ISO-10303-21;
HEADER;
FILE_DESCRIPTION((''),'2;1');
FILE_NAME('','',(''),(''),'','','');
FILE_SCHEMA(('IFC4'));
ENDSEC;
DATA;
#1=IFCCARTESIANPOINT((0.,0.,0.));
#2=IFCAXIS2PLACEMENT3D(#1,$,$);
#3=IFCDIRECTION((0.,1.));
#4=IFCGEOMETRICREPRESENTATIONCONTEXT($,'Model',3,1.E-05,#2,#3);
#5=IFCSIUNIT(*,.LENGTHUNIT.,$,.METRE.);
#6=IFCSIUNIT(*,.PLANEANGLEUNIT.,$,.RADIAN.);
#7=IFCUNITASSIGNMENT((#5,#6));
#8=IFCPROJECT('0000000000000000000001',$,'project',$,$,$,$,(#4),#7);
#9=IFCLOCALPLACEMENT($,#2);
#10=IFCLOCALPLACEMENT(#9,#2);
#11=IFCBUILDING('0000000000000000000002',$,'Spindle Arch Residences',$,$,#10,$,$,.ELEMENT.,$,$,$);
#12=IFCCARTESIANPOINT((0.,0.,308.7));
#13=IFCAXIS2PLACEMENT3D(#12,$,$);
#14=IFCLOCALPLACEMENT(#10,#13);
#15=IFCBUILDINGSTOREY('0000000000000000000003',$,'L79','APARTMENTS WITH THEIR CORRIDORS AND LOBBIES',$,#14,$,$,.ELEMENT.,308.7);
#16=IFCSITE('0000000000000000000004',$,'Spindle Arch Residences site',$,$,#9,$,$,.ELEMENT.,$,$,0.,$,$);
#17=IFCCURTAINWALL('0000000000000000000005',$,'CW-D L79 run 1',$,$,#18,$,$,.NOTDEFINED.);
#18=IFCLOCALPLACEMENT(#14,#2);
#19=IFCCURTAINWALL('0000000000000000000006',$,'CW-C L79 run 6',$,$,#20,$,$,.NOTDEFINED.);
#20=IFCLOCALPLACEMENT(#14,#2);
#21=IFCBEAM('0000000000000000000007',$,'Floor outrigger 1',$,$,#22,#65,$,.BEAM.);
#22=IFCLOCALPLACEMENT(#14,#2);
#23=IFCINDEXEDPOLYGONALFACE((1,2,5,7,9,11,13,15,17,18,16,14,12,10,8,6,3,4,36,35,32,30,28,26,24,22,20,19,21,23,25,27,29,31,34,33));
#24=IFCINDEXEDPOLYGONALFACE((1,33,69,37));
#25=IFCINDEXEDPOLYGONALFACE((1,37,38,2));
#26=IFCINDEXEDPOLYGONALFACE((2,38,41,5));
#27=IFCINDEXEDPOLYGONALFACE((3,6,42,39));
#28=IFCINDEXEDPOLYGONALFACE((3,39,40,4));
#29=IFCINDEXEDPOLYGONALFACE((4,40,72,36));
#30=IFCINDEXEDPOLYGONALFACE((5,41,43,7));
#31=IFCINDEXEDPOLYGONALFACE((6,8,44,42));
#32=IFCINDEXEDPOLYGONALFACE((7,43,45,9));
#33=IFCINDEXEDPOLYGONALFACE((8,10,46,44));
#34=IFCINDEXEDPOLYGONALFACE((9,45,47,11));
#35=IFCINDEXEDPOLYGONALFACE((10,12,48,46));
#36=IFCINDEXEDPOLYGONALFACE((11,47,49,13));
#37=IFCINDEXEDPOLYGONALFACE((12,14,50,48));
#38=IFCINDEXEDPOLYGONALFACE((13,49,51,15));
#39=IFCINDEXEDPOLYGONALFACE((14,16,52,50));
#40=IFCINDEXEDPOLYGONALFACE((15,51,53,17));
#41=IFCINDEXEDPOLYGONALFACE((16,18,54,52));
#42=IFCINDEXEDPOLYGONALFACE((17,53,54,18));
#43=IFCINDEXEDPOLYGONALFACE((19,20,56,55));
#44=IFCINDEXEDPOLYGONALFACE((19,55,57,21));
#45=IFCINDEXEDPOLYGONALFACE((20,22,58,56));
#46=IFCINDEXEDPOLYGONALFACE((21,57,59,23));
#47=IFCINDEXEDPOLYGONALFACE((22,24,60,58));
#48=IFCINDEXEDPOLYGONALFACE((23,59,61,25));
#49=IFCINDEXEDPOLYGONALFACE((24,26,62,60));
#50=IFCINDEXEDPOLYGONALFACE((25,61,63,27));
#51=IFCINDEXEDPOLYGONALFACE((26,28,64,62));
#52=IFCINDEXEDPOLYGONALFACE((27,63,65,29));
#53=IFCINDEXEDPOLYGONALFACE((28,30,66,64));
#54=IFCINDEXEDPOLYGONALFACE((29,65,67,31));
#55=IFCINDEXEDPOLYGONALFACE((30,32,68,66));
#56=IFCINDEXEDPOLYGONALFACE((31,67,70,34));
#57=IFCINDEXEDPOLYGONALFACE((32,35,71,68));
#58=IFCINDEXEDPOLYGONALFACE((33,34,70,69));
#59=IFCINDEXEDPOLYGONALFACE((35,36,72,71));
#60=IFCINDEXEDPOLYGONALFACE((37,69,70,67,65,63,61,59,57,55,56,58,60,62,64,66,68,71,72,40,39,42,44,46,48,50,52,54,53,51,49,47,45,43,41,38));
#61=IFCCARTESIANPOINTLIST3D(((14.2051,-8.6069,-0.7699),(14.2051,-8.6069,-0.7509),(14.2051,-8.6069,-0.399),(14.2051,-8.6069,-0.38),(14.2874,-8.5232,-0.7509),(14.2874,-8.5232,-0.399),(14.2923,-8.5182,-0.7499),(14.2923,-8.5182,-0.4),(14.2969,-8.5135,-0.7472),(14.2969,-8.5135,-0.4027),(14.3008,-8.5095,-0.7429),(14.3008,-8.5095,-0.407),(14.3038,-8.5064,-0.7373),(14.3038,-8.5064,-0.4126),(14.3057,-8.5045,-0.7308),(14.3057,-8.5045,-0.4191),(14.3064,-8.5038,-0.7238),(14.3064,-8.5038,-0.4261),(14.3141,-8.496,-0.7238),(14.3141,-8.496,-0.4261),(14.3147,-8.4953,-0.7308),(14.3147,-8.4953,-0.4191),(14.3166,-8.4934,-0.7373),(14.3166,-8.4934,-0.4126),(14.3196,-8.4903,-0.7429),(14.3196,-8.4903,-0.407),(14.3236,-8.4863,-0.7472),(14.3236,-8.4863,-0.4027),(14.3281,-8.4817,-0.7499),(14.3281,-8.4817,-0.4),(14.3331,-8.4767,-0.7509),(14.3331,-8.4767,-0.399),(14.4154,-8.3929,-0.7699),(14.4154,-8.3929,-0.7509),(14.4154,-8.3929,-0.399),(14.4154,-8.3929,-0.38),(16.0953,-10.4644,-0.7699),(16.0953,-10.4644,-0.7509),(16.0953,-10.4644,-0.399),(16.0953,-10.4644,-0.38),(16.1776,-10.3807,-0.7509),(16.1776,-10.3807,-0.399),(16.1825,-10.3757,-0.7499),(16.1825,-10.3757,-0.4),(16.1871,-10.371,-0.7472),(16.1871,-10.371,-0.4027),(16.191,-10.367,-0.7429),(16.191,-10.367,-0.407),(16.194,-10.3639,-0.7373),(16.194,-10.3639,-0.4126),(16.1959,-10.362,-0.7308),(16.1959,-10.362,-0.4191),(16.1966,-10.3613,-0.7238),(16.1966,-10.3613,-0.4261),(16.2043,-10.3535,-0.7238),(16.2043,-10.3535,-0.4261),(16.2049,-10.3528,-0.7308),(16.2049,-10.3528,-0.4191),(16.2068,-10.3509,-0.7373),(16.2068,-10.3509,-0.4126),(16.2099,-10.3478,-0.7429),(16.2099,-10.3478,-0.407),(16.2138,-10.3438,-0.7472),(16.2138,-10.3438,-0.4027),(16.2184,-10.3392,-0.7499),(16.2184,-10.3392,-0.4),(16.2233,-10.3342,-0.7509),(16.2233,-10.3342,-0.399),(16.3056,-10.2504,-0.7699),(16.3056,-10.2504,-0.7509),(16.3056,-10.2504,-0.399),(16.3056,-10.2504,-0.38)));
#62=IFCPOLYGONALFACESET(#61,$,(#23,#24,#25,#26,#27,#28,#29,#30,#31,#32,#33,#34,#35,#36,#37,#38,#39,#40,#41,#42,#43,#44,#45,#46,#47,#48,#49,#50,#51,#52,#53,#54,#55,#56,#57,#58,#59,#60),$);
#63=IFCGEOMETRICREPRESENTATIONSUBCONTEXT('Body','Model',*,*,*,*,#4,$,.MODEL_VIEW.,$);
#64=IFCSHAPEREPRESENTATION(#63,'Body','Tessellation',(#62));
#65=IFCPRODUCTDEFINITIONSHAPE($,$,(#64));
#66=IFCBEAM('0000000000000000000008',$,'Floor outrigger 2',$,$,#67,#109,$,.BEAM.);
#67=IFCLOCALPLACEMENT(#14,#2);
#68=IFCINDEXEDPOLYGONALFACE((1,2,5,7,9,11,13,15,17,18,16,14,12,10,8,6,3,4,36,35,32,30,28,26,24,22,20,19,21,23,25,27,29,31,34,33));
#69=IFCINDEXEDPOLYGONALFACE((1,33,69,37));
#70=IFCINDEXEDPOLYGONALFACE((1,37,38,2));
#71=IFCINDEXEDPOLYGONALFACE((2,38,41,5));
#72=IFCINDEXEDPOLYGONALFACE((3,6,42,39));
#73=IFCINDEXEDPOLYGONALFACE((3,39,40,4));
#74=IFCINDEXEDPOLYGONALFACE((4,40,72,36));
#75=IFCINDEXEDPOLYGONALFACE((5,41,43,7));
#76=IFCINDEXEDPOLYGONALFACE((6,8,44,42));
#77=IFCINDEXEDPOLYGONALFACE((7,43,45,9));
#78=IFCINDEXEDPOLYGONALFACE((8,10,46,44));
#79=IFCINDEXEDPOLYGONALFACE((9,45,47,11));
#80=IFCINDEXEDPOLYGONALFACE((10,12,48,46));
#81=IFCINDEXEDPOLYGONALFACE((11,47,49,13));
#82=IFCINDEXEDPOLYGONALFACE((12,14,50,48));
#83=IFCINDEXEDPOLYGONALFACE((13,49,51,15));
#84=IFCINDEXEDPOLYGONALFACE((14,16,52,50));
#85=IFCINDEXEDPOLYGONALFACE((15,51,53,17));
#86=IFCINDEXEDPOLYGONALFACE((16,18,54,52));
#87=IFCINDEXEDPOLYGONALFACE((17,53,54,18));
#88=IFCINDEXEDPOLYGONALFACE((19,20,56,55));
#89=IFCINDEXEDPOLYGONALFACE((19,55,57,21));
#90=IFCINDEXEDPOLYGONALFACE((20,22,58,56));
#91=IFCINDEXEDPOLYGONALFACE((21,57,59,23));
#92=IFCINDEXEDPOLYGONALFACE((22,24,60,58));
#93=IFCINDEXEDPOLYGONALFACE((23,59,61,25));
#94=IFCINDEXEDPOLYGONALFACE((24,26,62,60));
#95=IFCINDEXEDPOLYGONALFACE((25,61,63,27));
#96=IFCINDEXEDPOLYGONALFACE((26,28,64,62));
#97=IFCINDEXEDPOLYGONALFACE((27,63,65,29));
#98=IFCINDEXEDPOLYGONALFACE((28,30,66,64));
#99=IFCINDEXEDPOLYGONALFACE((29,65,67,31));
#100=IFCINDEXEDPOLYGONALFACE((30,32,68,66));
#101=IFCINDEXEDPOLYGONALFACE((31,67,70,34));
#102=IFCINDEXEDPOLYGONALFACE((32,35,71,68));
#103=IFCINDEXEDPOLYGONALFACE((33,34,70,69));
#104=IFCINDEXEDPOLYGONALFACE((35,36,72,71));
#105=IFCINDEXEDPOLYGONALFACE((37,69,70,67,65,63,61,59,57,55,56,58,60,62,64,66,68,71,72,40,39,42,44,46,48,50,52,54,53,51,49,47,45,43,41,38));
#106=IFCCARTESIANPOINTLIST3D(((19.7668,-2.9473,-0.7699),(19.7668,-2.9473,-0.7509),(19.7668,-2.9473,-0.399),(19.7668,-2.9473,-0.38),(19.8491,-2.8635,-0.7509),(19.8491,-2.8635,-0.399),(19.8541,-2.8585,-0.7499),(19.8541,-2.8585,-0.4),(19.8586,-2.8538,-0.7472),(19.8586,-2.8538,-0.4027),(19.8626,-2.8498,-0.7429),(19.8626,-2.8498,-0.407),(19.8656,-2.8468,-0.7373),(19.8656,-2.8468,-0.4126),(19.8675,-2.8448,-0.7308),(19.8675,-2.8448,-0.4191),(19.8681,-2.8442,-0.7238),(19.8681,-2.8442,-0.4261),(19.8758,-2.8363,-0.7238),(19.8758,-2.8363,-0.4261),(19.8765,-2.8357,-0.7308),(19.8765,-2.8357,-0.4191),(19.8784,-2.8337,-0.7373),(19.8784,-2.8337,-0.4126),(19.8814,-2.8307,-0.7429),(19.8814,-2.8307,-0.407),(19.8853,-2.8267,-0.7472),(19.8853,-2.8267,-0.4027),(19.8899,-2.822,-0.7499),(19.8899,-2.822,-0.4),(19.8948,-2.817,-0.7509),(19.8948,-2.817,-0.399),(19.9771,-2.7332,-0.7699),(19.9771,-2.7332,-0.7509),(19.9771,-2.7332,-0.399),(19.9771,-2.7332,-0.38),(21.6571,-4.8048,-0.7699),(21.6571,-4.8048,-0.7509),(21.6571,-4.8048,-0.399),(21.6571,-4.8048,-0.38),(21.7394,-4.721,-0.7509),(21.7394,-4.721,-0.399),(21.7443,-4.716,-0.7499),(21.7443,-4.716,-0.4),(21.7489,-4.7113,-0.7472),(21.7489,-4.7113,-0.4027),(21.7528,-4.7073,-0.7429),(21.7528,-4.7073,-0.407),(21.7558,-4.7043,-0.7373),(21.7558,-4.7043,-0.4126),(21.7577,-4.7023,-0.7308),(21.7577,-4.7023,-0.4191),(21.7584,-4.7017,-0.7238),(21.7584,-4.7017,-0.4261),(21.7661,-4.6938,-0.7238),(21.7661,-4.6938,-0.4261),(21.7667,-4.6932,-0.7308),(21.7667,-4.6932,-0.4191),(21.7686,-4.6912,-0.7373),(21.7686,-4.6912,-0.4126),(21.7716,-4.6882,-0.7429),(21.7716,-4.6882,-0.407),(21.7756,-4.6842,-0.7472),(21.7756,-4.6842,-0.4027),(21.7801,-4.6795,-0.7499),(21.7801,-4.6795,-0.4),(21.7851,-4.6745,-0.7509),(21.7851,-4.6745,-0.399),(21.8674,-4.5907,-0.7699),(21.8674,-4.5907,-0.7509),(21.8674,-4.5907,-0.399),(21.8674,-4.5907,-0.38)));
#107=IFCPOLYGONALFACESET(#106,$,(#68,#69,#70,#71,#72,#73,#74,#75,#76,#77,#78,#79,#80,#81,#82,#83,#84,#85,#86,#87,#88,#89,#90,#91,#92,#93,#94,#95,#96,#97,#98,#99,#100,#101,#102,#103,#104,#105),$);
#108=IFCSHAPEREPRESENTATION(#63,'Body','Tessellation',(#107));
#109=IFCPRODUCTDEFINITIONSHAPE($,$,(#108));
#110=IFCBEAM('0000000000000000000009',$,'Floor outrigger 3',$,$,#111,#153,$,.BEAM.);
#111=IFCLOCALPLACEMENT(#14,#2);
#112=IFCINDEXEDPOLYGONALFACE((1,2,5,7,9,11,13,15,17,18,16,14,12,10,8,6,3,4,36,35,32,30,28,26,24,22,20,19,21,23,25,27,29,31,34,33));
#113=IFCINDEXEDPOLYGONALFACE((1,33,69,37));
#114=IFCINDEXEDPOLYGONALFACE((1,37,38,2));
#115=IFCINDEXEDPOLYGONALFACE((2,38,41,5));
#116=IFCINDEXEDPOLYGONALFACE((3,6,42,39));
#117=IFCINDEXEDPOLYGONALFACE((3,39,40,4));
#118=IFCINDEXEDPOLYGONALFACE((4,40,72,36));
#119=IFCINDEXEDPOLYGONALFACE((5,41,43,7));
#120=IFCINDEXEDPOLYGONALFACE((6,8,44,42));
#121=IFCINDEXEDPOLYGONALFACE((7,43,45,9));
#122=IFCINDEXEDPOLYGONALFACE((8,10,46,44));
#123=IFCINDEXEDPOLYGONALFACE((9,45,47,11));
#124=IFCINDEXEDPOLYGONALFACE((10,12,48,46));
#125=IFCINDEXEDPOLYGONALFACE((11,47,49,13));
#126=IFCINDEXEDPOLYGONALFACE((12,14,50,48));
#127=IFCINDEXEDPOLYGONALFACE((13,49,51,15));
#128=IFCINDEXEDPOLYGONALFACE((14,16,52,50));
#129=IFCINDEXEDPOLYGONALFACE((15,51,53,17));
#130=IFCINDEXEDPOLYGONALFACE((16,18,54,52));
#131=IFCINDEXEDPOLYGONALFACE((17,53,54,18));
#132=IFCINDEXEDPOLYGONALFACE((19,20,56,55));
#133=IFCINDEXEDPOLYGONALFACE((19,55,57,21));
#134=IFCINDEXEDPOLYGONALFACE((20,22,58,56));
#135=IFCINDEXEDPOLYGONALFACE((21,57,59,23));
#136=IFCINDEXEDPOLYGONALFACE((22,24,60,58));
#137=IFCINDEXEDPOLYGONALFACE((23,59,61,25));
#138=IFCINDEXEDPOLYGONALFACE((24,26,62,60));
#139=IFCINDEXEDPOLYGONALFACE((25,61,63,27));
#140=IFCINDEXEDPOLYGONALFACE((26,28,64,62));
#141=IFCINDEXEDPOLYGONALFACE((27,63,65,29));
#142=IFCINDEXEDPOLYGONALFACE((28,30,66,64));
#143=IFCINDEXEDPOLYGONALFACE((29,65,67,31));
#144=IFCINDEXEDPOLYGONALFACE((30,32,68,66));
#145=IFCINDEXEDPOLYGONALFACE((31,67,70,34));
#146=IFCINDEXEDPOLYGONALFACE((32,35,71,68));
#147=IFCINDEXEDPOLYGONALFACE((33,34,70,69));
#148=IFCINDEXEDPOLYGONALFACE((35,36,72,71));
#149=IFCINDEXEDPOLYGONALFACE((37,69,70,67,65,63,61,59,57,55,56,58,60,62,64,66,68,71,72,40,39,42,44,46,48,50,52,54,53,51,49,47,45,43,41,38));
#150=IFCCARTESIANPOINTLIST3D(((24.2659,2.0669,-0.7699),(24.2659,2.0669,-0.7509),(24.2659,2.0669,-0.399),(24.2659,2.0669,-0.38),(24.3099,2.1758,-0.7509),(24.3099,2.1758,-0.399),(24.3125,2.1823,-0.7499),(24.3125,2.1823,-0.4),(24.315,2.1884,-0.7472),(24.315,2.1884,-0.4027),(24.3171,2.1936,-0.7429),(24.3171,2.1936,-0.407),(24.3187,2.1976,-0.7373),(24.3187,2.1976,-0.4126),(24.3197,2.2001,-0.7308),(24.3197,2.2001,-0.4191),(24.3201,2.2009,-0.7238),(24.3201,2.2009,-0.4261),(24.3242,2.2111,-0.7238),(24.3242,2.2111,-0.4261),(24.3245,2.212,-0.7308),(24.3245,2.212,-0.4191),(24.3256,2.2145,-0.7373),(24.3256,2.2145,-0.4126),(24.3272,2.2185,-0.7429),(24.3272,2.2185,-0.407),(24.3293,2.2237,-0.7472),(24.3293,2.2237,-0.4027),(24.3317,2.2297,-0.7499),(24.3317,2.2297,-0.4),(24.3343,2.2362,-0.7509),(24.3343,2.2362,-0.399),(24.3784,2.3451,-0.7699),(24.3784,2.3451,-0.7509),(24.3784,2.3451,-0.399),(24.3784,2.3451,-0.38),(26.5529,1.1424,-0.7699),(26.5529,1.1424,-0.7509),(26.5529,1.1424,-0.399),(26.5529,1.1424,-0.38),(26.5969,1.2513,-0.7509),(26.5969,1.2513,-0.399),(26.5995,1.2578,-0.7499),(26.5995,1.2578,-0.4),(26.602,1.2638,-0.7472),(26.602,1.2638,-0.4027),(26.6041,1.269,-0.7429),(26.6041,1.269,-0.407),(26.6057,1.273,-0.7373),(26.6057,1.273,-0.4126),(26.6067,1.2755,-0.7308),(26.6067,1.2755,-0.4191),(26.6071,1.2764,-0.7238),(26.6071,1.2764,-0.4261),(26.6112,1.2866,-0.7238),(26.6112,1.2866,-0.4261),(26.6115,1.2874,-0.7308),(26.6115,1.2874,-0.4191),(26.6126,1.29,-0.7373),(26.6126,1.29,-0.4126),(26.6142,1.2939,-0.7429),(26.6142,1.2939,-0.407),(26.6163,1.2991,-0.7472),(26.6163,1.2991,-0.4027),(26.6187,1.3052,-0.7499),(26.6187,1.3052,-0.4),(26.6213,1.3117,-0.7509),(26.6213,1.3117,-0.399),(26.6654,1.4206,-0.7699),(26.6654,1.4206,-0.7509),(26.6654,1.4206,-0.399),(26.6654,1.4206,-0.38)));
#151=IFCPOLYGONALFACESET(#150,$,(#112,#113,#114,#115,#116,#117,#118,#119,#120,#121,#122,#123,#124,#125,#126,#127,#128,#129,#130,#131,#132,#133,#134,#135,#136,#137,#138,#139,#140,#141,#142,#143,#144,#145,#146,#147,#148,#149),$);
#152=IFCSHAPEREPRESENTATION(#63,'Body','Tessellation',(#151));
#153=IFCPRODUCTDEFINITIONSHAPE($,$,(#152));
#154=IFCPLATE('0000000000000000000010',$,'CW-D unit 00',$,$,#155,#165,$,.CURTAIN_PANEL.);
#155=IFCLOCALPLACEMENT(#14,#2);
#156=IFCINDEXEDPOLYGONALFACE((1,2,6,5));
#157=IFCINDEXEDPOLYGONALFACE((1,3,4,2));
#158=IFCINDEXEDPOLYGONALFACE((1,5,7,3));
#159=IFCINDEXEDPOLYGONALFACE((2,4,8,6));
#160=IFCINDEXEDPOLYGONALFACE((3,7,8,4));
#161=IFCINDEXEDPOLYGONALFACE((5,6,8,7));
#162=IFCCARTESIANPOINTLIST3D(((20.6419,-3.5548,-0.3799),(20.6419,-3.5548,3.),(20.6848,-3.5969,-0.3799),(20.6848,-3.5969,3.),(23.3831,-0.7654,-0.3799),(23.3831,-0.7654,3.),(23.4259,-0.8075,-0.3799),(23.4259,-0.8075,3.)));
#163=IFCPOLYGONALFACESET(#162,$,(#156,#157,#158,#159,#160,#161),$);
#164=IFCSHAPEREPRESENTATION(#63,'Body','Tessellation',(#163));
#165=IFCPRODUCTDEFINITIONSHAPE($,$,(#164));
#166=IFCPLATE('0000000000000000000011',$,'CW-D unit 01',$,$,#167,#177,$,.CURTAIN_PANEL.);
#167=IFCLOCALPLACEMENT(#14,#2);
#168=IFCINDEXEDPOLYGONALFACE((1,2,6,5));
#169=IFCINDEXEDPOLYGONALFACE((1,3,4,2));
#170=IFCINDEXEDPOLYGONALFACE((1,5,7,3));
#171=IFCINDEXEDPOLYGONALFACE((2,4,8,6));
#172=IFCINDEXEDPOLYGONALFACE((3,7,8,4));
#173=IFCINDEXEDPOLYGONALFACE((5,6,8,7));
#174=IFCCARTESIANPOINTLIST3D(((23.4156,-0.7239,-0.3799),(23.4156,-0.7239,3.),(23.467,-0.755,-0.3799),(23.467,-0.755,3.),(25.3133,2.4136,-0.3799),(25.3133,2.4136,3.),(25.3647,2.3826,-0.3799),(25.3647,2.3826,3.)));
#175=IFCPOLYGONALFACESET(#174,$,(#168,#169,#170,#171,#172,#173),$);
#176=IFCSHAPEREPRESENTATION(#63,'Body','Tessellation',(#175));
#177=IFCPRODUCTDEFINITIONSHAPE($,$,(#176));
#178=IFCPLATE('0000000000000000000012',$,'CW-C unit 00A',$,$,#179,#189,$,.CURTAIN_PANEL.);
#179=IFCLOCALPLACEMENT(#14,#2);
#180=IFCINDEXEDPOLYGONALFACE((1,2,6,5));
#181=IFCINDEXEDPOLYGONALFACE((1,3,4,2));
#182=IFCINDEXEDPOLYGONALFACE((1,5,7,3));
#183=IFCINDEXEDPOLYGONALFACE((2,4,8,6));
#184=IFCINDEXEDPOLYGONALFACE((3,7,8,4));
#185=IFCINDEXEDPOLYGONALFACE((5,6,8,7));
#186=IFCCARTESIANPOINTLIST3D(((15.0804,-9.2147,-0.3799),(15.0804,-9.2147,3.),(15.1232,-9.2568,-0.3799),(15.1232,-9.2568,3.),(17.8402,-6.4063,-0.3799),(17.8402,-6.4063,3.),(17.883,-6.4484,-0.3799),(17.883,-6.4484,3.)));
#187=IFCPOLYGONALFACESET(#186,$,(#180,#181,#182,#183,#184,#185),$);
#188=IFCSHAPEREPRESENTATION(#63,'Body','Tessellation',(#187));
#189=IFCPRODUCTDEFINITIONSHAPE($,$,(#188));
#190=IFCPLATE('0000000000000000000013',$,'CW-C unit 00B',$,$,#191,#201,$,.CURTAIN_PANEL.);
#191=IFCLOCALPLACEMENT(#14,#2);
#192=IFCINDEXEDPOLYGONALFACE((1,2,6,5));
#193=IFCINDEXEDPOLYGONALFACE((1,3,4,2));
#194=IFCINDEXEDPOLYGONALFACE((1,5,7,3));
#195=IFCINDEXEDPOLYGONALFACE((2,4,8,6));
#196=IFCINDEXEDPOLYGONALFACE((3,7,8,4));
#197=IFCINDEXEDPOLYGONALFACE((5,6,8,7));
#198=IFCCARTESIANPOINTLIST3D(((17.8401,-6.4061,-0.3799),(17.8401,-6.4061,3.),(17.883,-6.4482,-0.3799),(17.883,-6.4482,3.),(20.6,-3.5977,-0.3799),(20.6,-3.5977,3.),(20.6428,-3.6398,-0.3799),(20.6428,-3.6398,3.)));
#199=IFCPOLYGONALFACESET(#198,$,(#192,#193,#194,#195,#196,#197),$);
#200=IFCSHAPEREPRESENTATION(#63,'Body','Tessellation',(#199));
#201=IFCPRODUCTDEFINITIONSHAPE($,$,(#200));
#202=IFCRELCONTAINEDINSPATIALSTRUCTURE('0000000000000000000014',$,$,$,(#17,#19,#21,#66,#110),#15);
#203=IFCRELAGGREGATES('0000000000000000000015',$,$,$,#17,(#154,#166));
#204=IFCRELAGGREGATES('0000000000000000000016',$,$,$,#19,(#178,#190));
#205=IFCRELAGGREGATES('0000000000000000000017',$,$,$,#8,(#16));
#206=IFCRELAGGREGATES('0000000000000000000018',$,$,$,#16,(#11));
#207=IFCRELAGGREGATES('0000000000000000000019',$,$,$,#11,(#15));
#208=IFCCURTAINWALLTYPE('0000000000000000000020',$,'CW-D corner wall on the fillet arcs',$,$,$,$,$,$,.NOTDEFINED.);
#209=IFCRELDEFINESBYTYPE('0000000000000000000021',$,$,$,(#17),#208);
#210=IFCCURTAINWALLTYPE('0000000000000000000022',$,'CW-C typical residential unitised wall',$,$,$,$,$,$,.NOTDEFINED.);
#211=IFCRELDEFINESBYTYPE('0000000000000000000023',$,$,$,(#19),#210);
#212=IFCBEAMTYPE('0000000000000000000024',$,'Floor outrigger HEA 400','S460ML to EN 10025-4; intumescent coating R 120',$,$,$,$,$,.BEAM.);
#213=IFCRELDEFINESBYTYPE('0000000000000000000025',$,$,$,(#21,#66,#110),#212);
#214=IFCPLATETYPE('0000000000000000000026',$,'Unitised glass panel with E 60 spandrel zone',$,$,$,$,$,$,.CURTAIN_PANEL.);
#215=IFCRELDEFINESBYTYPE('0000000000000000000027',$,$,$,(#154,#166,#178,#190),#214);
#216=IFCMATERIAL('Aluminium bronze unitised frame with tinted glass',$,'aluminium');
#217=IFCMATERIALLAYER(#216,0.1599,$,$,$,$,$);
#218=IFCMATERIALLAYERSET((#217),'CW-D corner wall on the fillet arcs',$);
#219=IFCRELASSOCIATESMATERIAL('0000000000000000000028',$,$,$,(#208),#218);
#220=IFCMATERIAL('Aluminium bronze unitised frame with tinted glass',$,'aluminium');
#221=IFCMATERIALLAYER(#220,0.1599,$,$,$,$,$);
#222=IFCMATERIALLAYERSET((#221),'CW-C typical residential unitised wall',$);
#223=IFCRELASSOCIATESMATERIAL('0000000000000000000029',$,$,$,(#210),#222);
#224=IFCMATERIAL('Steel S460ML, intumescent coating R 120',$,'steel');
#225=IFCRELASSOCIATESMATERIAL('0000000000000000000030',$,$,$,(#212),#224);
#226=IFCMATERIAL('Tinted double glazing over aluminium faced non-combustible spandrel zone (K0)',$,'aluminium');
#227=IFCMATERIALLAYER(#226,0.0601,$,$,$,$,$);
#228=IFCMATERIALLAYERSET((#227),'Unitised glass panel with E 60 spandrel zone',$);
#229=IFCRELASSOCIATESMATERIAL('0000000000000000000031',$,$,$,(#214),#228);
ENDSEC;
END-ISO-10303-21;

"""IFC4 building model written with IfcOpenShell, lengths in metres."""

from ifc_helpers import new_model, si_unit, direction, frame, origin, origin_2d, place, context, subcontext, project, spatial, rectangle, i_section, extrude, material, layer, layer_set, material_profile, profile_set, type_object, element, aggregate, save


model = new_model("IFC4")

# Units and contexts
model_context = context("Model", 3, precision=1e-05, world=origin(), true_north=direction((0.0, 1.0)))
body_context = subcontext(model_context, "Body", "Model", "MODEL_VIEW")
ifc_project = project(units=[si_unit("LENGTHUNIT", "METRE"), si_unit("PLANEANGLEUNIT", "RADIAN")], contexts=[model_context])

# Site, building, storey
site_placement = place(None, origin())
site = spatial("IfcSite", under=ifc_project, at=site_placement, Name="Spindle Arch Residences site", CompositionType="ELEMENT", RefElevation=0.0)
building_placement = place(site_placement, origin())
building = spatial("IfcBuilding", under=site, at=building_placement, Name="Spindle Arch Residences", CompositionType="ELEMENT")
storey_placement = place(building_placement, frame((0.0, 0.0, 308.7)))
storey = spatial("IfcBuildingStorey", under=building, at=storey_placement, Name="L79", Description="APARTMENTS WITH THEIR CORRIDORS AND LOBBIES", CompositionType="ELEMENT", Elevation=308.7)

# Curtain wall
ifc_material_1 = material(Name="Aluminium bronze unitised frame with tinted glass", Category="aluminium")
ifc_layer_1 = layer(ifc_material_1, 0.1599)
ifc_layer_set_1 = layer_set([ifc_layer_1], Name="CW-D corner wall on the fillet arcs")
curtain_wall_type_1 = type_object("IfcCurtainWallType", Name="CW-D corner wall on the fillet arcs", PredefinedType="NOTDEFINED", material=ifc_layer_set_1)
curtain_wall_1_placement = place(storey_placement, origin())
curtain_wall_1 = element("IfcCurtainWall", 1, at=curtain_wall_1_placement, inside=storey, type_object=curtain_wall_type_1, Name="CW-D L79 run 1", PredefinedType="NOTDEFINED")

# Curtain wall
ifc_material_2 = material(Name="Aluminium bronze unitised frame with tinted glass", Category="aluminium")
ifc_layer_2 = layer(ifc_material_2, 0.1599)
ifc_layer_set_2 = layer_set([ifc_layer_2], Name="CW-C typical residential unitised wall")
curtain_wall_type_2 = type_object("IfcCurtainWallType", Name="CW-C typical residential unitised wall", PredefinedType="NOTDEFINED", material=ifc_layer_set_2)
curtain_wall_2_placement = place(storey_placement, origin())
curtain_wall_2 = element("IfcCurtainWall", 2, at=curtain_wall_2_placement, inside=storey, type_object=curtain_wall_type_2, Name="CW-C L79 run 6", PredefinedType="NOTDEFINED")

# Beams
ifc_material_3 = material(Name="Steel S460ML, intumescent coating R 120", Category="steel")
ifc_material_profile_1 = material_profile(ifc_material_3, i_section(OverallWidth=0.3, OverallDepth=0.3899, WebThickness=0.011, FlangeThickness=0.019, FilletRadius=0.0271, at=origin_2d()), Name="HEA 400")
ifc_profile_set_1 = profile_set([ifc_material_profile_1], Name="Steel S460ML, intumescent coating R 120")
beam_type_1 = type_object("IfcBeamType", Name="Floor outrigger HEA 400", Description="S460ML to EN 10025-4; intumescent coating R 120", PredefinedType="BEAM", material=ifc_profile_set_1)
for number, where, z_axis, x_axis, name in (
    (3, (16.2004, -10.3574, -0.575), (-0.713252, 0.700907, 0.0), (-0.700907, -0.713252, 0.0), "Floor outrigger 1"),
    (4, (21.7622, -4.6978, -0.575), (-0.713252, 0.700907, 0.0), (-0.700907, -0.713252, 0.0), "Floor outrigger 2"),
):
    element("IfcBeam", number, at=place(storey_placement, frame(where, z_axis=z_axis, x_axis=x_axis)), inside=storey, type_object=beam_type_1, Name=name, PredefinedType="BEAM", context=body_context, shape_type="SweptSolid", body=[
        extrude(i_section(OverallWidth=0.3, OverallDepth=0.3899, WebThickness=0.011, FlangeThickness=0.019, FilletRadius=0.0271, at=origin_2d()), origin(), (0.0, 0.0, 1.0), 2.6501),
    ])
beam_1_placement = place(storey_placement, frame((26.6091, 1.2815, -0.575), z_axis=(-0.927112, 0.374784, 0.0), x_axis=(-0.374784, -0.927112, 0.0)))
element("IfcBeam", 5, at=beam_1_placement, inside=storey, type_object=beam_type_1, Name="Floor outrigger 3", PredefinedType="BEAM", context=body_context, shape_type="SweptSolid", body=[
    extrude(i_section(OverallWidth=0.3, OverallDepth=0.3899, WebThickness=0.011, FlangeThickness=0.019, FilletRadius=0.0271, at=origin_2d()), origin(), (0.0, 0.0, 1.0), 2.4668),
])

# Plates
ifc_material_4 = material(Name="Tinted double glazing over aluminium faced non-combustible spandrel zone (K0)", Category="aluminium")
ifc_layer_3 = layer(ifc_material_4, 0.0601)
ifc_layer_set_3 = layer_set([ifc_layer_3], Name="Unitised glass panel with E 60 spandrel zone")
plate_type = type_object("IfcPlateType", Name="Unitised glass panel with E 60 spandrel zone", PredefinedType="CURTAIN_PANEL", material=ifc_layer_set_3)
plate_1_placement = place(storey_placement, frame((22.0339, -2.1812, -0.3799), z_axis=(0.0, 0.0, 1.0), x_axis=(0.700909, 0.71325, 0.0)))
plate_1 = element("IfcPlate", 6, at=plate_1_placement, type_object=plate_type, Name="CW-D unit 00", PredefinedType="CURTAIN_PANEL", context=body_context, shape_type="SweptSolid", body=[
    extrude(rectangle(XDim=3.9109, YDim=0.0601, at=origin_2d()), origin(), (0.0, 0.0, 1.0), 3.3799),
])
plate_2_placement = place(storey_placement, frame((24.3901, 0.8293, -0.3799), z_axis=(0.0, 0.0, 1.0), x_axis=(0.517529, 0.855665, 0.0)))
plate_2 = element("IfcPlate", 7, at=plate_2_placement, type_object=plate_type, Name="CW-D unit 01", PredefinedType="CURTAIN_PANEL", context=body_context, shape_type="SweptSolid", body=[
    extrude(rectangle(XDim=3.6667, YDim=0.0601, at=origin_2d()), origin(), (0.0, 0.0, 1.0), 3.3799),
])
aggregate(curtain_wall_1, [plate_1, plate_2])
plate_3_placement = place(storey_placement, frame((16.4817, -7.8315, -0.3799), z_axis=(0.0, 0.0, 1.0), x_axis=(0.700909, 0.71325, 0.0)))
plate_3 = element("IfcPlate", 8, at=plate_3_placement, type_object=plate_type, Name="CW-C unit 00A", PredefinedType="CURTAIN_PANEL", context=body_context, shape_type="SweptSolid", body=[
    extrude(rectangle(XDim=3.9375, YDim=0.0601, at=origin_2d()), origin(), (0.0, 0.0, 1.0), 3.3799),
])
plate_4_placement = place(storey_placement, frame((19.2415, -5.0229, -0.3799), z_axis=(0.0, 0.0, 1.0), x_axis=(0.700909, 0.71325, 0.0)))
plate_4 = element("IfcPlate", 9, at=plate_4_placement, type_object=plate_type, Name="CW-C unit 00B", PredefinedType="CURTAIN_PANEL", context=body_context, shape_type="SweptSolid", body=[
    extrude(rectangle(XDim=3.9375, YDim=0.0601, at=origin_2d()), origin(), (0.0, 0.0, 1.0), 3.3799),
])
aggregate(curtain_wall_2, [plate_3, plate_4])

save(model, "model.ifc")
